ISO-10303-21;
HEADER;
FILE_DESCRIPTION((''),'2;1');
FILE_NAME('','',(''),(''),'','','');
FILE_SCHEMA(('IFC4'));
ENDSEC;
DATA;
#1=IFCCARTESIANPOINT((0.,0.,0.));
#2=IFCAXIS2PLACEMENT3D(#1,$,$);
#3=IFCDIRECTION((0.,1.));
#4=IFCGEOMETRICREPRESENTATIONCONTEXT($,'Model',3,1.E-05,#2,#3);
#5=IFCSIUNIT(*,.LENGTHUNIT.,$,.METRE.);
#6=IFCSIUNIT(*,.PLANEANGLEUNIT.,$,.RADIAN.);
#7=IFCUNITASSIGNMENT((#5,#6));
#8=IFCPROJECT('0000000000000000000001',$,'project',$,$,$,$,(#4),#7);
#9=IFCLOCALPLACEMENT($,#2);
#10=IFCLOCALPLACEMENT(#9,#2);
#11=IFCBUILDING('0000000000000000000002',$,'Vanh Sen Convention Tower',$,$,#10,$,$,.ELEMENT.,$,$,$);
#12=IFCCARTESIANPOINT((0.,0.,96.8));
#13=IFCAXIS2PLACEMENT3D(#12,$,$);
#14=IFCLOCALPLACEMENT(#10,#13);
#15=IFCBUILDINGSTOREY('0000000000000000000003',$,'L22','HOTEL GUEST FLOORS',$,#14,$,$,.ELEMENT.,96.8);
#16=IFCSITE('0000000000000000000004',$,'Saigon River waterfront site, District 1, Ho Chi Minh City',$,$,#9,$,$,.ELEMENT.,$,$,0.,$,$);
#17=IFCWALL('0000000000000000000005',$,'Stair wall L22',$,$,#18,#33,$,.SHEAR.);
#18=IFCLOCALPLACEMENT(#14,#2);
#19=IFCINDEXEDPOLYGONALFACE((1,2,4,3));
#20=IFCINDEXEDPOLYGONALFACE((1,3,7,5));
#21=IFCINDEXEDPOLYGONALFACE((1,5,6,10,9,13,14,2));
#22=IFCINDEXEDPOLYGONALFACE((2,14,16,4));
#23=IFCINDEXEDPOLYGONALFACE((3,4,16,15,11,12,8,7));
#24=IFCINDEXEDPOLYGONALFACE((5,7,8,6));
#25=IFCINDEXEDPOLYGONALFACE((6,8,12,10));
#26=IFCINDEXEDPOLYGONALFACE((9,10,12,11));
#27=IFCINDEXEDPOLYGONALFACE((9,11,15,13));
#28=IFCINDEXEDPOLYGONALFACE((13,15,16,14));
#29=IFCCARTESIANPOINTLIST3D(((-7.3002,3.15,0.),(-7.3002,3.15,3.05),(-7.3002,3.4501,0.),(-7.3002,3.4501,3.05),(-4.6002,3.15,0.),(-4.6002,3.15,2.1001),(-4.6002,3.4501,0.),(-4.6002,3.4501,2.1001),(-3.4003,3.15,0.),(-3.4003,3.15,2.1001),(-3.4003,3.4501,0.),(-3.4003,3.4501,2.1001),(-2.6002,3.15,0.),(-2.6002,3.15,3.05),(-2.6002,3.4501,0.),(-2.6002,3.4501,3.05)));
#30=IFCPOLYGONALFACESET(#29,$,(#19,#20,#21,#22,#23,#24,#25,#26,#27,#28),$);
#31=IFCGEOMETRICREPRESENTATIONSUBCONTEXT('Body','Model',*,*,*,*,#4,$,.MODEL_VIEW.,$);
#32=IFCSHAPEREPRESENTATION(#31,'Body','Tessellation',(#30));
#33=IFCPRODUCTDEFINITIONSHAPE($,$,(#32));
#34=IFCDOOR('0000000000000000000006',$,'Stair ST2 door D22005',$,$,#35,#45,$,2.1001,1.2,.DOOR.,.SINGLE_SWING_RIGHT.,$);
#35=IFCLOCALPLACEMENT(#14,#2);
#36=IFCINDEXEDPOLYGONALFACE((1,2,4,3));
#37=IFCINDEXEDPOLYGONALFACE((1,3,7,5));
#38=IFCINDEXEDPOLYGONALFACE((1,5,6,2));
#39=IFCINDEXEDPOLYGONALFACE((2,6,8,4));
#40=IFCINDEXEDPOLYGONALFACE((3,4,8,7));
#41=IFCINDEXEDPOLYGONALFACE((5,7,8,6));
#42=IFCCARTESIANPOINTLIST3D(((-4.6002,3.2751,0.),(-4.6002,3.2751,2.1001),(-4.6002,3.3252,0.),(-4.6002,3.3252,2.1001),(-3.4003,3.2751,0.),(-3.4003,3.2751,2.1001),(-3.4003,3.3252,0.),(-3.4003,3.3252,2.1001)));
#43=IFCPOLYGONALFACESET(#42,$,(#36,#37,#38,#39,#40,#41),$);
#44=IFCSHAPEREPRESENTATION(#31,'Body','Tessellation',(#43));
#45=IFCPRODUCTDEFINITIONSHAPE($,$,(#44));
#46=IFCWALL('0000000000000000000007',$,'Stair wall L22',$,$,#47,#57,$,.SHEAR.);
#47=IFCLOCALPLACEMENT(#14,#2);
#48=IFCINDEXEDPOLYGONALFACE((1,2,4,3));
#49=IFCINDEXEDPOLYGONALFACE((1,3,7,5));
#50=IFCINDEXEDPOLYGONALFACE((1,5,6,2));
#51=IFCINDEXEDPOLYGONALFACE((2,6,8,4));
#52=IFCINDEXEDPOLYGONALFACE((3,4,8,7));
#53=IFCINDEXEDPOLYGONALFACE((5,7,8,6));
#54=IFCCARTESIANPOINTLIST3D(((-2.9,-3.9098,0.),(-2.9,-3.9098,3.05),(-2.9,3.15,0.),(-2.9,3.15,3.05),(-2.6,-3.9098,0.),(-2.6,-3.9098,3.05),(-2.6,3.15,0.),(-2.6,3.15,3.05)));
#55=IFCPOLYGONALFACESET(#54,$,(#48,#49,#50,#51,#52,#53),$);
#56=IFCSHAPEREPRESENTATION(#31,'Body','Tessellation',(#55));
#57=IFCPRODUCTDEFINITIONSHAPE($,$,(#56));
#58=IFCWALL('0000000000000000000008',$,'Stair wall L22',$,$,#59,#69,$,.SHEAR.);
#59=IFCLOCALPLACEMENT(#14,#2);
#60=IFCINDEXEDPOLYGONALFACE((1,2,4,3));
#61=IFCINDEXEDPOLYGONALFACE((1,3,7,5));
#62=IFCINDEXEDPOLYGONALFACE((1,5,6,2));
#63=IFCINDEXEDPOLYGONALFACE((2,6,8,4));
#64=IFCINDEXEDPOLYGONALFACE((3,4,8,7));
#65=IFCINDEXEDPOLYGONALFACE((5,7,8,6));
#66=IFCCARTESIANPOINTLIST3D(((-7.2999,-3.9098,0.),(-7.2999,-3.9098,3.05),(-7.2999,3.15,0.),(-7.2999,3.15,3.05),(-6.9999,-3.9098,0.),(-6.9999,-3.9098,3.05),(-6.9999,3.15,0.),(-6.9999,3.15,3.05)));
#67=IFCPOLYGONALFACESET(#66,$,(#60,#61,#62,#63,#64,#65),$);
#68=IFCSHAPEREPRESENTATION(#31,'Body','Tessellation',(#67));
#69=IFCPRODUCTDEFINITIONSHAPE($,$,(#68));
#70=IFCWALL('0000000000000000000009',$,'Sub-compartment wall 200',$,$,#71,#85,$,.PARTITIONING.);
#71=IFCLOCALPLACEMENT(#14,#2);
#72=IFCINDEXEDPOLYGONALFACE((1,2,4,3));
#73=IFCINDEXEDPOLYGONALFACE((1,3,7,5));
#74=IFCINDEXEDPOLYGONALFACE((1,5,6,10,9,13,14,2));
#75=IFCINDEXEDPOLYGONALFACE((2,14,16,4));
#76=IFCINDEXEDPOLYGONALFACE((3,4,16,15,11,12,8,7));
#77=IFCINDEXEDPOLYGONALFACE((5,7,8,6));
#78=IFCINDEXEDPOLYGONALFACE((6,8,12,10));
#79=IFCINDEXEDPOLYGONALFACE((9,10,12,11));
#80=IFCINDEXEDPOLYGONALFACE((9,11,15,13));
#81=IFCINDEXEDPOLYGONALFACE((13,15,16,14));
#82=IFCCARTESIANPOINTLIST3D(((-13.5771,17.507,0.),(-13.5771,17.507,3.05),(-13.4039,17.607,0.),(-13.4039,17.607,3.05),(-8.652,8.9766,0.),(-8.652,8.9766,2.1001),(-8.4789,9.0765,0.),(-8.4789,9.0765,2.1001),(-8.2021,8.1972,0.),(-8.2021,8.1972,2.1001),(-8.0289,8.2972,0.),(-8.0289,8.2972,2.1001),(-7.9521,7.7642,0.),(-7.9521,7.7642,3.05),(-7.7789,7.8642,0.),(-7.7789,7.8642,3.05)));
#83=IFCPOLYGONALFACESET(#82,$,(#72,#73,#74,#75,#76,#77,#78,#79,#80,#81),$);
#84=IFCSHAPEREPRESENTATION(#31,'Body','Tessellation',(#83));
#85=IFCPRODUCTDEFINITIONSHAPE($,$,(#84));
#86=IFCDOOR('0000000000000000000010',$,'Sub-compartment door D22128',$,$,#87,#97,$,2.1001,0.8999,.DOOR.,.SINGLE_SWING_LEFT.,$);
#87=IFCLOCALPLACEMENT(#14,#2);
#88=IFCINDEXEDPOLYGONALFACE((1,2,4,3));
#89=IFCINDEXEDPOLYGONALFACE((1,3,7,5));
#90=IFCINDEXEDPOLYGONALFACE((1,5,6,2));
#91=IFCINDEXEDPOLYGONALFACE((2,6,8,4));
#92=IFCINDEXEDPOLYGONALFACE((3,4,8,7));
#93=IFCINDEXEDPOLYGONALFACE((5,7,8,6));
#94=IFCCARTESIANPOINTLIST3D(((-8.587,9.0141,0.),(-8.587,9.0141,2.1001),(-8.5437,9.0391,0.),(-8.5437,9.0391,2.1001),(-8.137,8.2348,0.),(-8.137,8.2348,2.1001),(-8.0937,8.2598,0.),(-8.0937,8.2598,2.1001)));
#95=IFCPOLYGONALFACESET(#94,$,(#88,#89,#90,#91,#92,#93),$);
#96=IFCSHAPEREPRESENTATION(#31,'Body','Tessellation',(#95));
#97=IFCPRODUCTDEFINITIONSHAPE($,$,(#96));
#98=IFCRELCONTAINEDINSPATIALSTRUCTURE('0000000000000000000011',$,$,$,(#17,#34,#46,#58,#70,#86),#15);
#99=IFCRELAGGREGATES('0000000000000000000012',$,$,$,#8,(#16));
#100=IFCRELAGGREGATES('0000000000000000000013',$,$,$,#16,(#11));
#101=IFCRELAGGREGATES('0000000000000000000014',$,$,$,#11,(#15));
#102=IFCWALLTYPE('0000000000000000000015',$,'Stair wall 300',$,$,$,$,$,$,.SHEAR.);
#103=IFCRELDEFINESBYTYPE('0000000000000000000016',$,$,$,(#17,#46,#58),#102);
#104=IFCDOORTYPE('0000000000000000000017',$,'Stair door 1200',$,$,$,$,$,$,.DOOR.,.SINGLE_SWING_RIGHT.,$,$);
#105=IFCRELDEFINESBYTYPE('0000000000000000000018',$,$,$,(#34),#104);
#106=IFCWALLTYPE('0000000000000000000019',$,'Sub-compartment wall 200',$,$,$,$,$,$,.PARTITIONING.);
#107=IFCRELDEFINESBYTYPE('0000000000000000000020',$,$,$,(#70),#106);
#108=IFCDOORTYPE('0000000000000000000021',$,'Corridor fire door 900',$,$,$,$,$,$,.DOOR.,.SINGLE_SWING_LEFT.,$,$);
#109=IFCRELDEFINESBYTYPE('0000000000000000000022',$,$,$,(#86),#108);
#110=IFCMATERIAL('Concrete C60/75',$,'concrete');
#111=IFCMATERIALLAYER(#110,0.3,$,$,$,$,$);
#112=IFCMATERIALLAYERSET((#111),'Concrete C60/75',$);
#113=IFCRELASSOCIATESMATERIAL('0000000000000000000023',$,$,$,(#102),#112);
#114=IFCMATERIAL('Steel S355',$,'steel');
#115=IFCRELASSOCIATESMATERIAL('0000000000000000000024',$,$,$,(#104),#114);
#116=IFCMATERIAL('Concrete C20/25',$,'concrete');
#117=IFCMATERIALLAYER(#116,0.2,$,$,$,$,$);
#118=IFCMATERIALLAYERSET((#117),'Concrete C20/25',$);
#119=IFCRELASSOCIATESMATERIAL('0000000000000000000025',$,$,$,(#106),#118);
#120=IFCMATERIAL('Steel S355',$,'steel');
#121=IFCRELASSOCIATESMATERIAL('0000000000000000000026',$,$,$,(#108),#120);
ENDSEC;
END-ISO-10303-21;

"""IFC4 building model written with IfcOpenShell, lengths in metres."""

from ifc_helpers import new_model, si_unit, direction, frame, frame_2d, origin, place, context, subcontext, project, spatial, rectangle, extrude, material, layer, layer_set, type_object, element, fill, save


model = new_model("IFC4")

# Units and contexts
model_context = context("Model", 3, precision=1e-05, world=origin(), true_north=direction((0.0, 1.0)))
body_context = subcontext(model_context, "Body", "Model", "MODEL_VIEW")
ifc_project = project(units=[si_unit("LENGTHUNIT", "METRE"), si_unit("PLANEANGLEUNIT", "RADIAN")], contexts=[model_context])

# Site, building, storey
site_placement = place(None, origin())
site = spatial("IfcSite", under=ifc_project, at=site_placement, Name="Saigon River waterfront site, District 1, Ho Chi Minh City", CompositionType="ELEMENT", RefElevation=0.0)
building_placement = place(site_placement, origin())
building = spatial("IfcBuilding", under=site, at=building_placement, Name="Vanh Sen Convention Tower", CompositionType="ELEMENT")
storey_placement = place(building_placement, frame((0.0, 0.0, 96.8)))
storey = spatial("IfcBuildingStorey", under=building, at=storey_placement, Name="L22", Description="HOTEL GUEST FLOORS", CompositionType="ELEMENT", Elevation=96.8)

# Shared definitions
ifc_material_1 = material(Name="Steel S355", Category="steel")
ifc_material_2 = material(Name="Concrete C60/75", Category="concrete")

# Shared definitions
ifc_layer_1 = layer(ifc_material_2, 0.3)
ifc_layer_set_1 = layer_set([ifc_layer_1], Name="Concrete C60/75")
wall_type_1 = type_object("IfcWallType", Name="Stair wall 300", PredefinedType="SHEAR", material=ifc_layer_set_1)

# Wall, opening, door
wall_1_placement = place(storey_placement, frame((-2.6001, 3.3, 0.0), z_axis=(0.0, 0.0, 1.0), x_axis=(-1.0, 0.0, 0.0)))
wall_1 = element("IfcWall", 1, at=wall_1_placement, inside=storey, type_object=wall_type_1, Name="Stair wall L22", PredefinedType="SHEAR", context=body_context, shape_type="SweptSolid", body=[
    extrude(rectangle(XDim=4.7, YDim=0.3, at=frame_2d((2.3501, 0.0))), origin(), (0.0, 0.0, 1.0), 3.05),
])
opening_1_placement = place(wall_1_placement, frame((0.8, 0.0, 0.0)))
opening_1 = element("IfcOpeningElement", 2, at=opening_1_placement, cuts=wall_1, PredefinedType="OPENING", context=body_context, shape_type="SweptSolid", body=[
    extrude(rectangle(XDim=1.2, YDim=2.1001, at=frame_2d((0.6001, 1.05))), frame((0.0, 0.1599, 0.0), z_axis=(0.0, -1.0, 0.0), x_axis=(1.0, 0.0, 0.0)), (0.0, 0.0, 1.0), 0.3201),
])
door_type_1 = type_object("IfcDoorType", Name="Stair door 1200", OperationType="SINGLE_SWING_RIGHT", PredefinedType="DOOR", material=ifc_material_1)
door_1_placement = place(opening_1_placement, origin())
door_1 = element("IfcDoor", 3, at=door_1_placement, inside=storey, type_object=door_type_1, Name="Stair ST2 door D22005", OperationType="SINGLE_SWING_RIGHT", OverallHeight=2.1001, OverallWidth=1.2, PredefinedType="DOOR", context=body_context, shape_type="SweptSolid", body=[
    extrude(rectangle(XDim=1.2, YDim=2.1001, at=frame_2d((0.6001, 1.05))), frame((0.0, 0.0249, 0.0), z_axis=(0.0, -1.0, 0.0), x_axis=(1.0, 0.0, 0.0)), (0.0, 0.0, 1.0), 0.05),
])
fill(opening_1, door_1)

# Walls
for number, where, z_axis, x_axis, name in (
    (4, (-2.75, 3.1499, 0.0), (0.0, 0.0, 1.0), (0.0, -1.0, 0.0), "Stair wall L22"),
    (5, (-7.1499, 3.1499, 0.0), (0.0, 0.0, 1.0), (0.0, -1.0, 0.0), "Stair wall L22"),
):
    element("IfcWall", number, at=place(storey_placement, frame(where, z_axis=z_axis, x_axis=x_axis)), inside=storey, type_object=wall_type_1, Name=name, PredefinedType="SHEAR", context=body_context, shape_type="SweptSolid", body=[
        extrude(rectangle(XDim=7.0598, YDim=0.3, at=frame_2d((3.5298, 0.0))), origin(), (0.0, 0.0, 1.0), 3.05),
    ])

# Wall, opening, door
ifc_material_3 = material(Name="Concrete C20/25", Category="concrete")
ifc_layer_2 = layer(ifc_material_3, 0.2)
ifc_layer_set_2 = layer_set([ifc_layer_2], Name="Concrete C20/25")
wall_type_2 = type_object("IfcWallType", Name="Sub-compartment wall 200", PredefinedType="PARTITIONING", material=ifc_layer_set_2)
wall_2_placement = place(storey_placement, frame((-7.8655, 7.8142, 0.0), z_axis=(0.0, 0.0, 1.0), x_axis=(-0.500004, 0.866023, 0.0)))
wall_2 = element("IfcWall", 6, at=wall_2_placement, inside=storey, type_object=wall_type_2, Name="Sub-compartment wall 200", PredefinedType="PARTITIONING", context=body_context, shape_type="SweptSolid", body=[
    extrude(rectangle(XDim=11.25, YDim=0.2, at=frame_2d((5.625, 0.0))), origin(), (0.0, 0.0, 1.0), 3.05),
])
opening_2_placement = place(wall_2_placement, frame((0.5, 0.0, 0.0)))
opening_2 = element("IfcOpeningElement", 7, at=opening_2_placement, cuts=wall_2, PredefinedType="OPENING", context=body_context, shape_type="SweptSolid", body=[
    extrude(rectangle(XDim=0.8999, YDim=2.1001, at=frame_2d((0.45, 1.05))), frame((0.0, 0.1099, 0.0), z_axis=(0.0, -1.0, 0.0), x_axis=(1.0, 0.0, 0.0)), (0.0, 0.0, 1.0), 0.22),
])
ifc_material_4 = material(Name="Steel S355", Category="steel")
door_type_2 = type_object("IfcDoorType", Name="Corridor fire door 900", OperationType="SINGLE_SWING_LEFT", PredefinedType="DOOR", material=ifc_material_4)
door_2_placement = place(opening_2_placement, origin())
door_2 = element("IfcDoor", 8, at=door_2_placement, inside=storey, type_object=door_type_2, Name="Sub-compartment door D22128", OperationType="SINGLE_SWING_LEFT", OverallHeight=2.1001, OverallWidth=0.8999, PredefinedType="DOOR", context=body_context, shape_type="SweptSolid", body=[
    extrude(rectangle(XDim=0.8999, YDim=2.1001, at=frame_2d((0.45, 1.05))), frame((0.0, 0.0249, 0.0), z_axis=(0.0, -1.0, 0.0), x_axis=(1.0, 0.0, 0.0)), (0.0, 0.0, 1.0), 0.05),
])
fill(opening_2, door_2)

save(model, "model.ifc")
